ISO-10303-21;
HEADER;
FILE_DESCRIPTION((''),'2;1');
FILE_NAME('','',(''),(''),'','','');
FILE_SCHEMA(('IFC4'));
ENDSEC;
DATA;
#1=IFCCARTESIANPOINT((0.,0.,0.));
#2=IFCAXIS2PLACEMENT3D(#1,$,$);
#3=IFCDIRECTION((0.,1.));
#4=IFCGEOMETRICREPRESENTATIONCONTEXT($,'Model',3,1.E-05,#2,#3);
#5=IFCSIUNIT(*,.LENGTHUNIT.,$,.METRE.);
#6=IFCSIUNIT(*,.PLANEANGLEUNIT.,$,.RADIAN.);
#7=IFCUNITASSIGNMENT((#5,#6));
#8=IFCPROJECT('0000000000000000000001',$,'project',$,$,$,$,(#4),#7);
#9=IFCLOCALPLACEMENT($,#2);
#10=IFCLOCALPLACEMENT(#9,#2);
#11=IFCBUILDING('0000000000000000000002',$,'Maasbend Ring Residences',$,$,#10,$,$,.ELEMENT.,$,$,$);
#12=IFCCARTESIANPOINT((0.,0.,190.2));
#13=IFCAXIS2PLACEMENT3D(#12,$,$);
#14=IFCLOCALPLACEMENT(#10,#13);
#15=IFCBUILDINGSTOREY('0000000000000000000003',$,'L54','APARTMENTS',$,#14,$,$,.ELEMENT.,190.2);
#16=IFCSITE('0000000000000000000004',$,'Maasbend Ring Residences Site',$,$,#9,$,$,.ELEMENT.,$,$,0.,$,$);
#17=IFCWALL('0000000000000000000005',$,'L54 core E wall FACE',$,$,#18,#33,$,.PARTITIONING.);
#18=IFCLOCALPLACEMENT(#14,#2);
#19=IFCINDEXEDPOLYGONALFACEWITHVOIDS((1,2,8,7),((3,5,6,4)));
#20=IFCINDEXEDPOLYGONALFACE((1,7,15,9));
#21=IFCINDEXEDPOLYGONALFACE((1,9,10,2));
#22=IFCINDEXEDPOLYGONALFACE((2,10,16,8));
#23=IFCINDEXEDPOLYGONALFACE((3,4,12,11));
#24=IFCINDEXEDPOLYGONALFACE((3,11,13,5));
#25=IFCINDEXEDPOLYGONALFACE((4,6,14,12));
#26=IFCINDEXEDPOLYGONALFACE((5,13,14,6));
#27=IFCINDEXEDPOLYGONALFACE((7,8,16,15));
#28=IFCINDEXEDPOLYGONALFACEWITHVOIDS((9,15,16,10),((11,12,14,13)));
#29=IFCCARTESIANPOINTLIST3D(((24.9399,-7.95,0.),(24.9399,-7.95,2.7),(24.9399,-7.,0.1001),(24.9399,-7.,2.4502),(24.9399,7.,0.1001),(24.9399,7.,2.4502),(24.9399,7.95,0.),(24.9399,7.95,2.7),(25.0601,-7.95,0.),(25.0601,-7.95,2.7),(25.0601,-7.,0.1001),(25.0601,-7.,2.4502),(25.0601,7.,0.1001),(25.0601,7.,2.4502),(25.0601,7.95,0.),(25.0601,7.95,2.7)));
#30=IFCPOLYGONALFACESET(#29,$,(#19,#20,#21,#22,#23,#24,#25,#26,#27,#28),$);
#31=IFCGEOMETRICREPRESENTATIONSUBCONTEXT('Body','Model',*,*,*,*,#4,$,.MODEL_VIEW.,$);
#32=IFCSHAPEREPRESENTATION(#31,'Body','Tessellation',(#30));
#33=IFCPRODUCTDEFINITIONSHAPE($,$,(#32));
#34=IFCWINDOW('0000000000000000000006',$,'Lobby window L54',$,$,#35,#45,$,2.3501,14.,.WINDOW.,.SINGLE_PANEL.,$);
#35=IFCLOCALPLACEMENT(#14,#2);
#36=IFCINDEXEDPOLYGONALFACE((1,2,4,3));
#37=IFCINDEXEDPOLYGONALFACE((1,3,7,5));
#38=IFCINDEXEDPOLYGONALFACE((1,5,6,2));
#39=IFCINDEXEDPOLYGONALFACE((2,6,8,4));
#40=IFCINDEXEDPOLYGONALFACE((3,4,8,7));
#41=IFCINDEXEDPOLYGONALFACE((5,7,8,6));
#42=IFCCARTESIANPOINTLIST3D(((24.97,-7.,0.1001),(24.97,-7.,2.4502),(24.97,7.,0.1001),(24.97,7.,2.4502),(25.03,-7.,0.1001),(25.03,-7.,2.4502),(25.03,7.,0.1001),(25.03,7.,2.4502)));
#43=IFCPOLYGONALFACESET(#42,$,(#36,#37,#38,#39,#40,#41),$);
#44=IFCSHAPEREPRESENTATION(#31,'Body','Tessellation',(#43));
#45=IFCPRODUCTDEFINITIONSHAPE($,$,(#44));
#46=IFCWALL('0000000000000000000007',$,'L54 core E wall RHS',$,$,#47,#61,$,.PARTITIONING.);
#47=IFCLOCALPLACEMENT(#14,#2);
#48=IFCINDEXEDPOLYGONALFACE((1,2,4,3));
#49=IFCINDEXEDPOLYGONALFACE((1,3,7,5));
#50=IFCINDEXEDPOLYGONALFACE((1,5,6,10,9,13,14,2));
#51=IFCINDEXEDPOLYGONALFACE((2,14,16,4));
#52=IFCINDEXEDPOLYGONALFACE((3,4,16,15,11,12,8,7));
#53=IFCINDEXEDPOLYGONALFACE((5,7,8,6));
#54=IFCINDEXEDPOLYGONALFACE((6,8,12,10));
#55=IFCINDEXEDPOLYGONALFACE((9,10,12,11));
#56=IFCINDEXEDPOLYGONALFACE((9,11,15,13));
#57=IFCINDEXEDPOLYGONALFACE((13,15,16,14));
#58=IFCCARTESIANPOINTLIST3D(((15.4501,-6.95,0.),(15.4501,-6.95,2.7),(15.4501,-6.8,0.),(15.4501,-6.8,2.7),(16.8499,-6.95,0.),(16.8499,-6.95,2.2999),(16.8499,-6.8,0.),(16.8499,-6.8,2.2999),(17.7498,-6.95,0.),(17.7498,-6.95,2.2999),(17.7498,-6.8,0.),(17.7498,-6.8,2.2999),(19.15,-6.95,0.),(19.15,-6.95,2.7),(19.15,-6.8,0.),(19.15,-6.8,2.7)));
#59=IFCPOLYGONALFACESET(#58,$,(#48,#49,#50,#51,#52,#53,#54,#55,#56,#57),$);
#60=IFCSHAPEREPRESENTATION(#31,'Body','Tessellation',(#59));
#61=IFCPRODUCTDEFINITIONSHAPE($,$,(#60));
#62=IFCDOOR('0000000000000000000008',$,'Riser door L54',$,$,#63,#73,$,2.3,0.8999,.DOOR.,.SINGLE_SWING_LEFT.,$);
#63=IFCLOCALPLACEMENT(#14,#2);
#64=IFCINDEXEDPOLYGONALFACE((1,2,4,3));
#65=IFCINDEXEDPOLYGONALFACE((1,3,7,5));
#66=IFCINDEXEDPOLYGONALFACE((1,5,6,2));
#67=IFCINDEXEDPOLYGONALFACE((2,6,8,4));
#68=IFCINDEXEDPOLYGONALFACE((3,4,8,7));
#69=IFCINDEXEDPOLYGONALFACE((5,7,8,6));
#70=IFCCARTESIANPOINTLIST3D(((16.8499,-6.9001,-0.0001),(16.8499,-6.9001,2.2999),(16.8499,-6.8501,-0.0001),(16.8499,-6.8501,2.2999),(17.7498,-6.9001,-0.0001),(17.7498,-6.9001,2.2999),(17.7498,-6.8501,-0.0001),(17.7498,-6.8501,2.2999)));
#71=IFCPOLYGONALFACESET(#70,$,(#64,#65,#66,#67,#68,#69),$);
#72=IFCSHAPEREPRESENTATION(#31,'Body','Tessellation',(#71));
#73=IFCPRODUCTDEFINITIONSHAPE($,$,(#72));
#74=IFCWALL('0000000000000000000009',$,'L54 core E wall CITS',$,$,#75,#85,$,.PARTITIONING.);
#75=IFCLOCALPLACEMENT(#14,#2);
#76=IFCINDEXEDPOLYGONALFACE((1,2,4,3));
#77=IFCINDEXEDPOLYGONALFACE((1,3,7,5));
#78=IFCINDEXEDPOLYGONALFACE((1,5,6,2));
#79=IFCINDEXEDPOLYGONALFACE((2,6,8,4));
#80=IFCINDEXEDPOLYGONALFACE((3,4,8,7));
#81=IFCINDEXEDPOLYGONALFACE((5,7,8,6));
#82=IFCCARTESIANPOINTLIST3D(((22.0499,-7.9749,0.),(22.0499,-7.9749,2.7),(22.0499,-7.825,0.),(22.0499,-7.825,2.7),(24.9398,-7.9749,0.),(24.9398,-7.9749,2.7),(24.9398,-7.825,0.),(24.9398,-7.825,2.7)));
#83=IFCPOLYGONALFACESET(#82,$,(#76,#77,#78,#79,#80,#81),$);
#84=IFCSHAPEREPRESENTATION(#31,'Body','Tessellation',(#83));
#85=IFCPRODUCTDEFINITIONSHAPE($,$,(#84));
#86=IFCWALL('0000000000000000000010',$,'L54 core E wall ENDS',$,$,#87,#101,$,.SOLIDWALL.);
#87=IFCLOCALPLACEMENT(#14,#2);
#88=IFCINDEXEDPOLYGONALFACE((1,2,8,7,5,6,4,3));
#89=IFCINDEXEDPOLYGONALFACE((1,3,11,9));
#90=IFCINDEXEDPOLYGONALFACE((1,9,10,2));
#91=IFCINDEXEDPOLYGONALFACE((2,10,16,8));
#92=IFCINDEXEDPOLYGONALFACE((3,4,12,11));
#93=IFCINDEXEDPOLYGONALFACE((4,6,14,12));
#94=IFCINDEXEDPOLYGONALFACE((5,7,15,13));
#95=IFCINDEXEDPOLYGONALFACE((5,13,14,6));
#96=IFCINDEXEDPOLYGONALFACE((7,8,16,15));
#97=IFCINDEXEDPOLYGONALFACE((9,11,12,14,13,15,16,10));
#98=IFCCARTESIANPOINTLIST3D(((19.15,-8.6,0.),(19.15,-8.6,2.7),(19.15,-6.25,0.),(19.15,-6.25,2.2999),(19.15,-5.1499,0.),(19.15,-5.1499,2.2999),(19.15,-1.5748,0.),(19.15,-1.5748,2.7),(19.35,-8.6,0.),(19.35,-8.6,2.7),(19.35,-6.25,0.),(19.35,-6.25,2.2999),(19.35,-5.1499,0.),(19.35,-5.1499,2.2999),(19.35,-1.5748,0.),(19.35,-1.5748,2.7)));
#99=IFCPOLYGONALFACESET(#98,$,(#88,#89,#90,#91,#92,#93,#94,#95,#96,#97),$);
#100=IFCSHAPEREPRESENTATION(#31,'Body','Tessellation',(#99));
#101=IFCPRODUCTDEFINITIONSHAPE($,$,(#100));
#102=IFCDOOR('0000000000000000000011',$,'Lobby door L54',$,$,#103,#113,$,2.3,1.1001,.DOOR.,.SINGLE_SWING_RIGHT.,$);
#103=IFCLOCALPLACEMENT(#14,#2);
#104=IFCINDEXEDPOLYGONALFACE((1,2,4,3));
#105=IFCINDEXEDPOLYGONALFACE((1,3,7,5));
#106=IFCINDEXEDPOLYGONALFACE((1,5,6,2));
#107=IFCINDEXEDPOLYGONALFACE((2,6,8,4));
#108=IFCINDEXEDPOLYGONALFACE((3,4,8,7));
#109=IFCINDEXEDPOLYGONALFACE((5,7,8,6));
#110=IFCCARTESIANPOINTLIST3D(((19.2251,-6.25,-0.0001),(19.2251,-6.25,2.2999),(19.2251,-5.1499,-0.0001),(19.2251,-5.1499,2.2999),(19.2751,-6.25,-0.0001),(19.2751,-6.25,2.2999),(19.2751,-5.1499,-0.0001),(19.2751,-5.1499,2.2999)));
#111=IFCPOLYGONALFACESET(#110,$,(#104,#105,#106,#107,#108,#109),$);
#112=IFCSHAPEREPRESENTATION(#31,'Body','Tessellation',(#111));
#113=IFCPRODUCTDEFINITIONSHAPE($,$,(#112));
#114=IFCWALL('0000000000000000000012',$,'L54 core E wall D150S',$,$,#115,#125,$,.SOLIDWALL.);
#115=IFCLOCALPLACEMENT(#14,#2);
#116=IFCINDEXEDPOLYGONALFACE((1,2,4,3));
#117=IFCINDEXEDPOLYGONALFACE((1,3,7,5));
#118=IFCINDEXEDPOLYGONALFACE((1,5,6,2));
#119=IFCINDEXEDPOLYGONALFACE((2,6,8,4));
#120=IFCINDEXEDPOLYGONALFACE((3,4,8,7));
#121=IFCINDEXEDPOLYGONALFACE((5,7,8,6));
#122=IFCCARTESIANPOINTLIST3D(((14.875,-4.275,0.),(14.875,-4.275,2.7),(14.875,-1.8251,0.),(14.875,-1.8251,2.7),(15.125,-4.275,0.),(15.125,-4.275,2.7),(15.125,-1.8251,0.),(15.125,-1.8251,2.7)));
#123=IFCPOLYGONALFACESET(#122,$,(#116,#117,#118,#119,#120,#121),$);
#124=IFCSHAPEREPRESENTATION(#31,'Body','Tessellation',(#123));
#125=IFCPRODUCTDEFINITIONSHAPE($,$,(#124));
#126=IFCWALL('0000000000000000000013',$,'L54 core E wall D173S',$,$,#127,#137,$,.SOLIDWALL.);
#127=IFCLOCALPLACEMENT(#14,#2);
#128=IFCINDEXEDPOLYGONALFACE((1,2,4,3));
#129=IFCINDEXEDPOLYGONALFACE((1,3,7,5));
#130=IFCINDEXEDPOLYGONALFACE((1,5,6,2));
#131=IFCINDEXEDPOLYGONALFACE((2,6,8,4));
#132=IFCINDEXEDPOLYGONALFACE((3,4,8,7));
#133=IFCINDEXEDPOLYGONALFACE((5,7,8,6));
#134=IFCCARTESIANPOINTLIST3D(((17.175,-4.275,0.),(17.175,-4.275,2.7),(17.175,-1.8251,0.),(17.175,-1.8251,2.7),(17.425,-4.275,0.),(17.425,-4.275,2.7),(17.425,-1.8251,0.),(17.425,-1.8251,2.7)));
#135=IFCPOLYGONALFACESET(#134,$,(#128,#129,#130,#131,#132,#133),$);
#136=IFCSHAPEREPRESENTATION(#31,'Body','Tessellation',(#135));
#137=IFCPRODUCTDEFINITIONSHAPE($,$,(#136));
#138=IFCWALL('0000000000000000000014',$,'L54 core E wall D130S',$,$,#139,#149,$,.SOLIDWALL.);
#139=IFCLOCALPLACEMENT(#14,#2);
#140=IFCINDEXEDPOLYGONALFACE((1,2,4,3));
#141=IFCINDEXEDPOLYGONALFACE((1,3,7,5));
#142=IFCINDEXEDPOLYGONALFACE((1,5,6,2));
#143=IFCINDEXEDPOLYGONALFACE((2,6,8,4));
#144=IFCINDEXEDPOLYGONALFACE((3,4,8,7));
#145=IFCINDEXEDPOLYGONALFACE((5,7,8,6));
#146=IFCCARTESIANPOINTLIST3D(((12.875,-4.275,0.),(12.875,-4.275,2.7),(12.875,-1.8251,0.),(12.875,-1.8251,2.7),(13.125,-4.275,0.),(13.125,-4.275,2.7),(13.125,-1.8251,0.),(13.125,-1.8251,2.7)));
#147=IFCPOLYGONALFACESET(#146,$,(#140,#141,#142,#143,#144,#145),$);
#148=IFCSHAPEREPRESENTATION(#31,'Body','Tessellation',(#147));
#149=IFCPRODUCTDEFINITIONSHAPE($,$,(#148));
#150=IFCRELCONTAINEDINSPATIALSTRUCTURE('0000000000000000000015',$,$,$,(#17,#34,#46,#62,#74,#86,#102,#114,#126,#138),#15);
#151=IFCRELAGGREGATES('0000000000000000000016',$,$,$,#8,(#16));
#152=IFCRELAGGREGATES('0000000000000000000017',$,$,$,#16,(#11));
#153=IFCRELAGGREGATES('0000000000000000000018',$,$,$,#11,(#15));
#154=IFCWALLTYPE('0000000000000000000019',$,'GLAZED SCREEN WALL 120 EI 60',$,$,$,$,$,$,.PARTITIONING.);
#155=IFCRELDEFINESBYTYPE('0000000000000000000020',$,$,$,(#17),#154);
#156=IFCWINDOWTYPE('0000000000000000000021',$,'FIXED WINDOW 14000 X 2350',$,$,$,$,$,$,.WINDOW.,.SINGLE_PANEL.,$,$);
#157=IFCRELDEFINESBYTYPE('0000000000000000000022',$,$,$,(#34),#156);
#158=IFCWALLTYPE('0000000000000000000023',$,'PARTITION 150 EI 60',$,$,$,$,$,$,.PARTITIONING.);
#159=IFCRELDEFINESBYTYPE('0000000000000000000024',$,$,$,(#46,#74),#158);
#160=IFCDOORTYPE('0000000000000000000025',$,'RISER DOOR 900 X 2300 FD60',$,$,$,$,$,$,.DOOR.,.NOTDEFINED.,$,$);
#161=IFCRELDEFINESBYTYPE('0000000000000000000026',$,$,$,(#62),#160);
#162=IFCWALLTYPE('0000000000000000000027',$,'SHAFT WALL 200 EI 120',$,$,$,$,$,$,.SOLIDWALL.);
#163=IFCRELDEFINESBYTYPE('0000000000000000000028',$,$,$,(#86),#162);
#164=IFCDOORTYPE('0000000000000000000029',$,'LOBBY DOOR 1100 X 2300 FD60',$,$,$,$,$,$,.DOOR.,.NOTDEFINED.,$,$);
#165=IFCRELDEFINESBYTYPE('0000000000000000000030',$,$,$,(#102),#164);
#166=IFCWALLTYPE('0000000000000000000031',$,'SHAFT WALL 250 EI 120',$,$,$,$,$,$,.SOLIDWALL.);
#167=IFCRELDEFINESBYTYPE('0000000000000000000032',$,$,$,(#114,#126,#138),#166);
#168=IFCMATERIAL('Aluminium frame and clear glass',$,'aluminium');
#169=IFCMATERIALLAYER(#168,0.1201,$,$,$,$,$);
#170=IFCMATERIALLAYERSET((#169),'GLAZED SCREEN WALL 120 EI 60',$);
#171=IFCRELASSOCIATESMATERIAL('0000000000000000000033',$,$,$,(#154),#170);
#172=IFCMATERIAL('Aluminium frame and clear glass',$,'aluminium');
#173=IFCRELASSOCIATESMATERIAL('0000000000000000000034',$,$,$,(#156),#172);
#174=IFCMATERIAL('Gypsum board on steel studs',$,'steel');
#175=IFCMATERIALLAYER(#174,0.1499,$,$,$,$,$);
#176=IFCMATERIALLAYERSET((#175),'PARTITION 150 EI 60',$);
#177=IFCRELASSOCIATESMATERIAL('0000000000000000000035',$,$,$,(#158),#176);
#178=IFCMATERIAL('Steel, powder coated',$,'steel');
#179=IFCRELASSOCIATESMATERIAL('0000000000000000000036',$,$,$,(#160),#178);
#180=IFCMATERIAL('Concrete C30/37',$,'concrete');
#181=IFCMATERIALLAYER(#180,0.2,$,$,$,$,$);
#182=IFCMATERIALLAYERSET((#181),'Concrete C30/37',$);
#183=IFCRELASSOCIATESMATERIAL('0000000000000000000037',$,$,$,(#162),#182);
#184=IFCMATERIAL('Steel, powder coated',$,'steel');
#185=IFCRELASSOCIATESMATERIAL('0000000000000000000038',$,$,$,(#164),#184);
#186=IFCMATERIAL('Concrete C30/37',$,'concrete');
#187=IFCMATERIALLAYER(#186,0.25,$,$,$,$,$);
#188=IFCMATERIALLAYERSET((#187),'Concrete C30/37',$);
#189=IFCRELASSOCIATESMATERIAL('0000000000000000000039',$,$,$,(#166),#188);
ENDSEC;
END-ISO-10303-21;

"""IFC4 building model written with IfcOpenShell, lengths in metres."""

from ifc_helpers import new_model, si_unit, direction, frame, frame_2d, origin, place, context, subcontext, project, spatial, rectangle, extrude, material, layer, layer_set, type_object, element, fill, save


model = new_model("IFC4")

# Units and contexts
model_context = context("Model", 3, precision=1e-05, world=origin(), true_north=direction((0.0, 1.0)))
body_context = subcontext(model_context, "Body", "Model", "MODEL_VIEW")
ifc_project = project(units=[si_unit("LENGTHUNIT", "METRE"), si_unit("PLANEANGLEUNIT", "RADIAN")], contexts=[model_context])

# Site, building, storey
site_placement = place(None, origin())
site = spatial("IfcSite", under=ifc_project, at=site_placement, Name="Maasbend Ring Residences Site", CompositionType="ELEMENT", RefElevation=0.0)
building_placement = place(site_placement, origin())
building = spatial("IfcBuilding", under=site, at=building_placement, Name="Maasbend Ring Residences", CompositionType="ELEMENT")
storey_placement = place(building_placement, frame((0.0, 0.0, 190.2)))
storey = spatial("IfcBuildingStorey", under=building, at=storey_placement, Name="L54", Description="APARTMENTS", CompositionType="ELEMENT", Elevation=190.2)

# Wall, opening, window
ifc_material_1 = material(Name="Aluminium frame and clear glass", Category="aluminium")
ifc_layer_1 = layer(ifc_material_1, 0.1201)
ifc_layer_set_1 = layer_set([ifc_layer_1], Name="GLAZED SCREEN WALL 120 EI 60")
wall_type_1 = type_object("IfcWallType", Name="GLAZED SCREEN WALL 120 EI 60", PredefinedType="PARTITIONING", material=ifc_layer_set_1)
wall_1_placement = place(storey_placement, frame((25.0, -7.95, 0.0), z_axis=(0.0, 0.0, 1.0), x_axis=(0.0, 1.0, 0.0)))
wall_1 = element("IfcWall", 1, at=wall_1_placement, inside=storey, type_object=wall_type_1, Name="L54 core E wall FACE", PredefinedType="PARTITIONING", context=body_context, shape_type="SweptSolid", body=[
    extrude(rectangle(XDim=15.8999, YDim=0.1201, at=frame_2d((7.95, 0.0))), origin(), (0.0, 0.0, 1.0), 2.7),
])
opening_1_placement = place(wall_1_placement, frame((0.95, 0.0, 0.1001)))
opening_1 = element("IfcOpeningElement", 2, at=opening_1_placement, cuts=wall_1, PredefinedType="OPENING", context=body_context, shape_type="SweptSolid", body=[
    extrude(rectangle(XDim=14.0, YDim=2.3501, at=frame_2d((7.0, 1.175))), frame((0.0, 0.0701, 0.0), z_axis=(0.0, -1.0, 0.0), x_axis=(1.0, 0.0, 0.0)), (0.0, 0.0, 1.0), 0.1401),
])
ifc_material_2 = material(Name="Aluminium frame and clear glass", Category="aluminium")
window_type = type_object("IfcWindowType", Name="FIXED WINDOW 14000 X 2350", PartitioningType="SINGLE_PANEL", PredefinedType="WINDOW", material=ifc_material_2)
window_placement = place(opening_1_placement, origin())
window = element("IfcWindow", 3, at=window_placement, inside=storey, type_object=window_type, Name="Lobby window L54", OverallHeight=2.3501, OverallWidth=14.0, PartitioningType="SINGLE_PANEL", PredefinedType="WINDOW", context=body_context, shape_type="SweptSolid", body=[
    extrude(rectangle(XDim=14.0, YDim=2.3501, at=frame_2d((7.0, 1.175))), frame((0.0, 0.03, 0.0), z_axis=(0.0, -1.0, 0.0), x_axis=(1.0, 0.0, 0.0)), (0.0, 0.0, 1.0), 0.0601),
])
fill(opening_1, window)

# Wall, opening, door
ifc_material_3 = material(Name="Gypsum board on steel studs", Category="steel")
ifc_layer_2 = layer(ifc_material_3, 0.1499)
ifc_layer_set_2 = layer_set([ifc_layer_2], Name="PARTITION 150 EI 60")
wall_type_2 = type_object("IfcWallType", Name="PARTITION 150 EI 60", PredefinedType="PARTITIONING", material=ifc_layer_set_2)
wall_2_placement = place(storey_placement, frame((15.45, -6.875, 0.0), z_axis=(0.0, 0.0, 1.0), x_axis=(1.0, 0.0, 0.0)))
wall_2 = element("IfcWall", 4, at=wall_2_placement, inside=storey, type_object=wall_type_2, Name="L54 core E wall RHS", PredefinedType="PARTITIONING", context=body_context, shape_type="SweptSolid", body=[
    extrude(rectangle(XDim=3.7, YDim=0.1499, at=frame_2d((1.8501, 0.0))), origin(), (0.0, 0.0, 1.0), 2.7),
])
opening_2_placement = place(wall_2_placement, frame((1.3999, 0.0, 0.0)))
opening_2 = element("IfcOpeningElement", 5, at=opening_2_placement, cuts=wall_2, PredefinedType="OPENING", context=body_context, shape_type="SweptSolid", body=[
    extrude(rectangle(XDim=0.8999, YDim=2.3, at=frame_2d((0.45, 1.1499))), frame((0.0, 0.085, 0.0), z_axis=(0.0, -1.0, 0.0), x_axis=(1.0, 0.0, 0.0)), (0.0, 0.0, 1.0), 0.1699),
])
ifc_material_4 = material(Name="Steel, powder coated", Category="steel")
door_type_1 = type_object("IfcDoorType", Name="RISER DOOR 900 X 2300 FD60", OperationType="NOTDEFINED", PredefinedType="DOOR", material=ifc_material_4)
door_1_placement = place(opening_2_placement, origin())
door_1 = element("IfcDoor", 6, at=door_1_placement, inside=storey, type_object=door_type_1, Name="Riser door L54", OperationType="SINGLE_SWING_LEFT", OverallHeight=2.3, OverallWidth=0.8999, PredefinedType="DOOR", context=body_context, shape_type="SweptSolid", body=[
    extrude(rectangle(XDim=0.8999, YDim=2.3, at=frame_2d((0.45, 1.1499))), frame((0.0, 0.0249, 0.0), z_axis=(0.0, -1.0, 0.0), x_axis=(1.0, 0.0, 0.0)), (0.0, 0.0, 1.0), 0.05),
])
fill(opening_2, door_1)

# Wall
wall_3_placement = place(storey_placement, frame((22.05, -7.8999, 0.0), z_axis=(0.0, 0.0, 1.0), x_axis=(1.0, 0.0, 0.0)))
element("IfcWall", 7, at=wall_3_placement, inside=storey, type_object=wall_type_2, Name="L54 core E wall CITS", PredefinedType="PARTITIONING", context=body_context, shape_type="SweptSolid", body=[
    extrude(rectangle(XDim=2.8899, YDim=0.1499, at=frame_2d((1.4448, 0.0))), origin(), (0.0, 0.0, 1.0), 2.7),
])

# Wall, opening, door
ifc_material_5 = material(Name="Concrete C30/37", Category="concrete")
ifc_layer_3 = layer(ifc_material_5, 0.2)
ifc_layer_set_3 = layer_set([ifc_layer_3], Name="Concrete C30/37")
wall_type_3 = type_object("IfcWallType", Name="SHAFT WALL 200 EI 120", PredefinedType="SOLIDWALL", material=ifc_layer_set_3)
wall_4_placement = place(storey_placement, frame((19.25, -8.6001, 0.0), z_axis=(0.0, 0.0, 1.0), x_axis=(0.0, 1.0, 0.0)))
wall_4 = element("IfcWall", 8, at=wall_4_placement, inside=storey, type_object=wall_type_3, Name="L54 core E wall ENDS", PredefinedType="SOLIDWALL", context=body_context, shape_type="SweptSolid", body=[
    extrude(rectangle(XDim=7.0251, YDim=0.2, at=frame_2d((3.5127, 0.0))), origin(), (0.0, 0.0, 1.0), 2.7),
])
opening_3_placement = place(wall_4_placement, frame((2.3501, 0.0, 0.0)))
opening_3 = element("IfcOpeningElement", 9, at=opening_3_placement, cuts=wall_4, PredefinedType="OPENING", context=body_context, shape_type="SweptSolid", body=[
    extrude(rectangle(XDim=1.1001, YDim=2.3, at=frame_2d((0.55, 1.1499))), frame((0.0, 0.1099, 0.0), z_axis=(0.0, -1.0, 0.0), x_axis=(1.0, 0.0, 0.0)), (0.0, 0.0, 1.0), 0.22),
])
ifc_material_6 = material(Name="Steel, powder coated", Category="steel")
door_type_2 = type_object("IfcDoorType", Name="LOBBY DOOR 1100 X 2300 FD60", OperationType="NOTDEFINED", PredefinedType="DOOR", material=ifc_material_6)
door_2_placement = place(opening_3_placement, origin())
door_2 = element("IfcDoor", 10, at=door_2_placement, inside=storey, type_object=door_type_2, Name="Lobby door L54", OperationType="SINGLE_SWING_RIGHT", OverallHeight=2.3, OverallWidth=1.1001, PredefinedType="DOOR", context=body_context, shape_type="SweptSolid", body=[
    extrude(rectangle(XDim=1.1001, YDim=2.3, at=frame_2d((0.55, 1.1499))), frame((0.0, 0.0249, 0.0), z_axis=(0.0, -1.0, 0.0), x_axis=(1.0, 0.0, 0.0)), (0.0, 0.0, 1.0), 0.05),
])
fill(opening_3, door_2)

# Walls
ifc_material_7 = material(Name="Concrete C30/37", Category="concrete")
ifc_layer_4 = layer(ifc_material_7, 0.25)
ifc_layer_set_4 = layer_set([ifc_layer_4], Name="Concrete C30/37")
wall_type_4 = type_object("IfcWallType", Name="SHAFT WALL 250 EI 120", PredefinedType="SOLIDWALL", material=ifc_layer_set_4)
for number, where, z_axis, x_axis, name in (
    (11, (15.0, -1.825, 0.0), (0.0, 0.0, 1.0), (0.0, -1.0, 0.0), "L54 core E wall D150S"),
    (12, (17.3, -1.825, 0.0), (0.0, 0.0, 1.0), (0.0, -1.0, 0.0), "L54 core E wall D173S"),
    (13, (13.0, -1.825, 0.0), (0.0, 0.0, 1.0), (0.0, -1.0, 0.0), "L54 core E wall D130S"),
):
    element("IfcWall", number, at=place(storey_placement, frame(where, z_axis=z_axis, x_axis=x_axis)), inside=storey, type_object=wall_type_4, Name=name, PredefinedType="SOLIDWALL", context=body_context, shape_type="SweptSolid", body=[
        extrude(rectangle(XDim=2.45, YDim=0.25, at=frame_2d((1.2251, 0.0))), origin(), (0.0, 0.0, 1.0), 2.7),
    ])

save(model, "model.ifc")
